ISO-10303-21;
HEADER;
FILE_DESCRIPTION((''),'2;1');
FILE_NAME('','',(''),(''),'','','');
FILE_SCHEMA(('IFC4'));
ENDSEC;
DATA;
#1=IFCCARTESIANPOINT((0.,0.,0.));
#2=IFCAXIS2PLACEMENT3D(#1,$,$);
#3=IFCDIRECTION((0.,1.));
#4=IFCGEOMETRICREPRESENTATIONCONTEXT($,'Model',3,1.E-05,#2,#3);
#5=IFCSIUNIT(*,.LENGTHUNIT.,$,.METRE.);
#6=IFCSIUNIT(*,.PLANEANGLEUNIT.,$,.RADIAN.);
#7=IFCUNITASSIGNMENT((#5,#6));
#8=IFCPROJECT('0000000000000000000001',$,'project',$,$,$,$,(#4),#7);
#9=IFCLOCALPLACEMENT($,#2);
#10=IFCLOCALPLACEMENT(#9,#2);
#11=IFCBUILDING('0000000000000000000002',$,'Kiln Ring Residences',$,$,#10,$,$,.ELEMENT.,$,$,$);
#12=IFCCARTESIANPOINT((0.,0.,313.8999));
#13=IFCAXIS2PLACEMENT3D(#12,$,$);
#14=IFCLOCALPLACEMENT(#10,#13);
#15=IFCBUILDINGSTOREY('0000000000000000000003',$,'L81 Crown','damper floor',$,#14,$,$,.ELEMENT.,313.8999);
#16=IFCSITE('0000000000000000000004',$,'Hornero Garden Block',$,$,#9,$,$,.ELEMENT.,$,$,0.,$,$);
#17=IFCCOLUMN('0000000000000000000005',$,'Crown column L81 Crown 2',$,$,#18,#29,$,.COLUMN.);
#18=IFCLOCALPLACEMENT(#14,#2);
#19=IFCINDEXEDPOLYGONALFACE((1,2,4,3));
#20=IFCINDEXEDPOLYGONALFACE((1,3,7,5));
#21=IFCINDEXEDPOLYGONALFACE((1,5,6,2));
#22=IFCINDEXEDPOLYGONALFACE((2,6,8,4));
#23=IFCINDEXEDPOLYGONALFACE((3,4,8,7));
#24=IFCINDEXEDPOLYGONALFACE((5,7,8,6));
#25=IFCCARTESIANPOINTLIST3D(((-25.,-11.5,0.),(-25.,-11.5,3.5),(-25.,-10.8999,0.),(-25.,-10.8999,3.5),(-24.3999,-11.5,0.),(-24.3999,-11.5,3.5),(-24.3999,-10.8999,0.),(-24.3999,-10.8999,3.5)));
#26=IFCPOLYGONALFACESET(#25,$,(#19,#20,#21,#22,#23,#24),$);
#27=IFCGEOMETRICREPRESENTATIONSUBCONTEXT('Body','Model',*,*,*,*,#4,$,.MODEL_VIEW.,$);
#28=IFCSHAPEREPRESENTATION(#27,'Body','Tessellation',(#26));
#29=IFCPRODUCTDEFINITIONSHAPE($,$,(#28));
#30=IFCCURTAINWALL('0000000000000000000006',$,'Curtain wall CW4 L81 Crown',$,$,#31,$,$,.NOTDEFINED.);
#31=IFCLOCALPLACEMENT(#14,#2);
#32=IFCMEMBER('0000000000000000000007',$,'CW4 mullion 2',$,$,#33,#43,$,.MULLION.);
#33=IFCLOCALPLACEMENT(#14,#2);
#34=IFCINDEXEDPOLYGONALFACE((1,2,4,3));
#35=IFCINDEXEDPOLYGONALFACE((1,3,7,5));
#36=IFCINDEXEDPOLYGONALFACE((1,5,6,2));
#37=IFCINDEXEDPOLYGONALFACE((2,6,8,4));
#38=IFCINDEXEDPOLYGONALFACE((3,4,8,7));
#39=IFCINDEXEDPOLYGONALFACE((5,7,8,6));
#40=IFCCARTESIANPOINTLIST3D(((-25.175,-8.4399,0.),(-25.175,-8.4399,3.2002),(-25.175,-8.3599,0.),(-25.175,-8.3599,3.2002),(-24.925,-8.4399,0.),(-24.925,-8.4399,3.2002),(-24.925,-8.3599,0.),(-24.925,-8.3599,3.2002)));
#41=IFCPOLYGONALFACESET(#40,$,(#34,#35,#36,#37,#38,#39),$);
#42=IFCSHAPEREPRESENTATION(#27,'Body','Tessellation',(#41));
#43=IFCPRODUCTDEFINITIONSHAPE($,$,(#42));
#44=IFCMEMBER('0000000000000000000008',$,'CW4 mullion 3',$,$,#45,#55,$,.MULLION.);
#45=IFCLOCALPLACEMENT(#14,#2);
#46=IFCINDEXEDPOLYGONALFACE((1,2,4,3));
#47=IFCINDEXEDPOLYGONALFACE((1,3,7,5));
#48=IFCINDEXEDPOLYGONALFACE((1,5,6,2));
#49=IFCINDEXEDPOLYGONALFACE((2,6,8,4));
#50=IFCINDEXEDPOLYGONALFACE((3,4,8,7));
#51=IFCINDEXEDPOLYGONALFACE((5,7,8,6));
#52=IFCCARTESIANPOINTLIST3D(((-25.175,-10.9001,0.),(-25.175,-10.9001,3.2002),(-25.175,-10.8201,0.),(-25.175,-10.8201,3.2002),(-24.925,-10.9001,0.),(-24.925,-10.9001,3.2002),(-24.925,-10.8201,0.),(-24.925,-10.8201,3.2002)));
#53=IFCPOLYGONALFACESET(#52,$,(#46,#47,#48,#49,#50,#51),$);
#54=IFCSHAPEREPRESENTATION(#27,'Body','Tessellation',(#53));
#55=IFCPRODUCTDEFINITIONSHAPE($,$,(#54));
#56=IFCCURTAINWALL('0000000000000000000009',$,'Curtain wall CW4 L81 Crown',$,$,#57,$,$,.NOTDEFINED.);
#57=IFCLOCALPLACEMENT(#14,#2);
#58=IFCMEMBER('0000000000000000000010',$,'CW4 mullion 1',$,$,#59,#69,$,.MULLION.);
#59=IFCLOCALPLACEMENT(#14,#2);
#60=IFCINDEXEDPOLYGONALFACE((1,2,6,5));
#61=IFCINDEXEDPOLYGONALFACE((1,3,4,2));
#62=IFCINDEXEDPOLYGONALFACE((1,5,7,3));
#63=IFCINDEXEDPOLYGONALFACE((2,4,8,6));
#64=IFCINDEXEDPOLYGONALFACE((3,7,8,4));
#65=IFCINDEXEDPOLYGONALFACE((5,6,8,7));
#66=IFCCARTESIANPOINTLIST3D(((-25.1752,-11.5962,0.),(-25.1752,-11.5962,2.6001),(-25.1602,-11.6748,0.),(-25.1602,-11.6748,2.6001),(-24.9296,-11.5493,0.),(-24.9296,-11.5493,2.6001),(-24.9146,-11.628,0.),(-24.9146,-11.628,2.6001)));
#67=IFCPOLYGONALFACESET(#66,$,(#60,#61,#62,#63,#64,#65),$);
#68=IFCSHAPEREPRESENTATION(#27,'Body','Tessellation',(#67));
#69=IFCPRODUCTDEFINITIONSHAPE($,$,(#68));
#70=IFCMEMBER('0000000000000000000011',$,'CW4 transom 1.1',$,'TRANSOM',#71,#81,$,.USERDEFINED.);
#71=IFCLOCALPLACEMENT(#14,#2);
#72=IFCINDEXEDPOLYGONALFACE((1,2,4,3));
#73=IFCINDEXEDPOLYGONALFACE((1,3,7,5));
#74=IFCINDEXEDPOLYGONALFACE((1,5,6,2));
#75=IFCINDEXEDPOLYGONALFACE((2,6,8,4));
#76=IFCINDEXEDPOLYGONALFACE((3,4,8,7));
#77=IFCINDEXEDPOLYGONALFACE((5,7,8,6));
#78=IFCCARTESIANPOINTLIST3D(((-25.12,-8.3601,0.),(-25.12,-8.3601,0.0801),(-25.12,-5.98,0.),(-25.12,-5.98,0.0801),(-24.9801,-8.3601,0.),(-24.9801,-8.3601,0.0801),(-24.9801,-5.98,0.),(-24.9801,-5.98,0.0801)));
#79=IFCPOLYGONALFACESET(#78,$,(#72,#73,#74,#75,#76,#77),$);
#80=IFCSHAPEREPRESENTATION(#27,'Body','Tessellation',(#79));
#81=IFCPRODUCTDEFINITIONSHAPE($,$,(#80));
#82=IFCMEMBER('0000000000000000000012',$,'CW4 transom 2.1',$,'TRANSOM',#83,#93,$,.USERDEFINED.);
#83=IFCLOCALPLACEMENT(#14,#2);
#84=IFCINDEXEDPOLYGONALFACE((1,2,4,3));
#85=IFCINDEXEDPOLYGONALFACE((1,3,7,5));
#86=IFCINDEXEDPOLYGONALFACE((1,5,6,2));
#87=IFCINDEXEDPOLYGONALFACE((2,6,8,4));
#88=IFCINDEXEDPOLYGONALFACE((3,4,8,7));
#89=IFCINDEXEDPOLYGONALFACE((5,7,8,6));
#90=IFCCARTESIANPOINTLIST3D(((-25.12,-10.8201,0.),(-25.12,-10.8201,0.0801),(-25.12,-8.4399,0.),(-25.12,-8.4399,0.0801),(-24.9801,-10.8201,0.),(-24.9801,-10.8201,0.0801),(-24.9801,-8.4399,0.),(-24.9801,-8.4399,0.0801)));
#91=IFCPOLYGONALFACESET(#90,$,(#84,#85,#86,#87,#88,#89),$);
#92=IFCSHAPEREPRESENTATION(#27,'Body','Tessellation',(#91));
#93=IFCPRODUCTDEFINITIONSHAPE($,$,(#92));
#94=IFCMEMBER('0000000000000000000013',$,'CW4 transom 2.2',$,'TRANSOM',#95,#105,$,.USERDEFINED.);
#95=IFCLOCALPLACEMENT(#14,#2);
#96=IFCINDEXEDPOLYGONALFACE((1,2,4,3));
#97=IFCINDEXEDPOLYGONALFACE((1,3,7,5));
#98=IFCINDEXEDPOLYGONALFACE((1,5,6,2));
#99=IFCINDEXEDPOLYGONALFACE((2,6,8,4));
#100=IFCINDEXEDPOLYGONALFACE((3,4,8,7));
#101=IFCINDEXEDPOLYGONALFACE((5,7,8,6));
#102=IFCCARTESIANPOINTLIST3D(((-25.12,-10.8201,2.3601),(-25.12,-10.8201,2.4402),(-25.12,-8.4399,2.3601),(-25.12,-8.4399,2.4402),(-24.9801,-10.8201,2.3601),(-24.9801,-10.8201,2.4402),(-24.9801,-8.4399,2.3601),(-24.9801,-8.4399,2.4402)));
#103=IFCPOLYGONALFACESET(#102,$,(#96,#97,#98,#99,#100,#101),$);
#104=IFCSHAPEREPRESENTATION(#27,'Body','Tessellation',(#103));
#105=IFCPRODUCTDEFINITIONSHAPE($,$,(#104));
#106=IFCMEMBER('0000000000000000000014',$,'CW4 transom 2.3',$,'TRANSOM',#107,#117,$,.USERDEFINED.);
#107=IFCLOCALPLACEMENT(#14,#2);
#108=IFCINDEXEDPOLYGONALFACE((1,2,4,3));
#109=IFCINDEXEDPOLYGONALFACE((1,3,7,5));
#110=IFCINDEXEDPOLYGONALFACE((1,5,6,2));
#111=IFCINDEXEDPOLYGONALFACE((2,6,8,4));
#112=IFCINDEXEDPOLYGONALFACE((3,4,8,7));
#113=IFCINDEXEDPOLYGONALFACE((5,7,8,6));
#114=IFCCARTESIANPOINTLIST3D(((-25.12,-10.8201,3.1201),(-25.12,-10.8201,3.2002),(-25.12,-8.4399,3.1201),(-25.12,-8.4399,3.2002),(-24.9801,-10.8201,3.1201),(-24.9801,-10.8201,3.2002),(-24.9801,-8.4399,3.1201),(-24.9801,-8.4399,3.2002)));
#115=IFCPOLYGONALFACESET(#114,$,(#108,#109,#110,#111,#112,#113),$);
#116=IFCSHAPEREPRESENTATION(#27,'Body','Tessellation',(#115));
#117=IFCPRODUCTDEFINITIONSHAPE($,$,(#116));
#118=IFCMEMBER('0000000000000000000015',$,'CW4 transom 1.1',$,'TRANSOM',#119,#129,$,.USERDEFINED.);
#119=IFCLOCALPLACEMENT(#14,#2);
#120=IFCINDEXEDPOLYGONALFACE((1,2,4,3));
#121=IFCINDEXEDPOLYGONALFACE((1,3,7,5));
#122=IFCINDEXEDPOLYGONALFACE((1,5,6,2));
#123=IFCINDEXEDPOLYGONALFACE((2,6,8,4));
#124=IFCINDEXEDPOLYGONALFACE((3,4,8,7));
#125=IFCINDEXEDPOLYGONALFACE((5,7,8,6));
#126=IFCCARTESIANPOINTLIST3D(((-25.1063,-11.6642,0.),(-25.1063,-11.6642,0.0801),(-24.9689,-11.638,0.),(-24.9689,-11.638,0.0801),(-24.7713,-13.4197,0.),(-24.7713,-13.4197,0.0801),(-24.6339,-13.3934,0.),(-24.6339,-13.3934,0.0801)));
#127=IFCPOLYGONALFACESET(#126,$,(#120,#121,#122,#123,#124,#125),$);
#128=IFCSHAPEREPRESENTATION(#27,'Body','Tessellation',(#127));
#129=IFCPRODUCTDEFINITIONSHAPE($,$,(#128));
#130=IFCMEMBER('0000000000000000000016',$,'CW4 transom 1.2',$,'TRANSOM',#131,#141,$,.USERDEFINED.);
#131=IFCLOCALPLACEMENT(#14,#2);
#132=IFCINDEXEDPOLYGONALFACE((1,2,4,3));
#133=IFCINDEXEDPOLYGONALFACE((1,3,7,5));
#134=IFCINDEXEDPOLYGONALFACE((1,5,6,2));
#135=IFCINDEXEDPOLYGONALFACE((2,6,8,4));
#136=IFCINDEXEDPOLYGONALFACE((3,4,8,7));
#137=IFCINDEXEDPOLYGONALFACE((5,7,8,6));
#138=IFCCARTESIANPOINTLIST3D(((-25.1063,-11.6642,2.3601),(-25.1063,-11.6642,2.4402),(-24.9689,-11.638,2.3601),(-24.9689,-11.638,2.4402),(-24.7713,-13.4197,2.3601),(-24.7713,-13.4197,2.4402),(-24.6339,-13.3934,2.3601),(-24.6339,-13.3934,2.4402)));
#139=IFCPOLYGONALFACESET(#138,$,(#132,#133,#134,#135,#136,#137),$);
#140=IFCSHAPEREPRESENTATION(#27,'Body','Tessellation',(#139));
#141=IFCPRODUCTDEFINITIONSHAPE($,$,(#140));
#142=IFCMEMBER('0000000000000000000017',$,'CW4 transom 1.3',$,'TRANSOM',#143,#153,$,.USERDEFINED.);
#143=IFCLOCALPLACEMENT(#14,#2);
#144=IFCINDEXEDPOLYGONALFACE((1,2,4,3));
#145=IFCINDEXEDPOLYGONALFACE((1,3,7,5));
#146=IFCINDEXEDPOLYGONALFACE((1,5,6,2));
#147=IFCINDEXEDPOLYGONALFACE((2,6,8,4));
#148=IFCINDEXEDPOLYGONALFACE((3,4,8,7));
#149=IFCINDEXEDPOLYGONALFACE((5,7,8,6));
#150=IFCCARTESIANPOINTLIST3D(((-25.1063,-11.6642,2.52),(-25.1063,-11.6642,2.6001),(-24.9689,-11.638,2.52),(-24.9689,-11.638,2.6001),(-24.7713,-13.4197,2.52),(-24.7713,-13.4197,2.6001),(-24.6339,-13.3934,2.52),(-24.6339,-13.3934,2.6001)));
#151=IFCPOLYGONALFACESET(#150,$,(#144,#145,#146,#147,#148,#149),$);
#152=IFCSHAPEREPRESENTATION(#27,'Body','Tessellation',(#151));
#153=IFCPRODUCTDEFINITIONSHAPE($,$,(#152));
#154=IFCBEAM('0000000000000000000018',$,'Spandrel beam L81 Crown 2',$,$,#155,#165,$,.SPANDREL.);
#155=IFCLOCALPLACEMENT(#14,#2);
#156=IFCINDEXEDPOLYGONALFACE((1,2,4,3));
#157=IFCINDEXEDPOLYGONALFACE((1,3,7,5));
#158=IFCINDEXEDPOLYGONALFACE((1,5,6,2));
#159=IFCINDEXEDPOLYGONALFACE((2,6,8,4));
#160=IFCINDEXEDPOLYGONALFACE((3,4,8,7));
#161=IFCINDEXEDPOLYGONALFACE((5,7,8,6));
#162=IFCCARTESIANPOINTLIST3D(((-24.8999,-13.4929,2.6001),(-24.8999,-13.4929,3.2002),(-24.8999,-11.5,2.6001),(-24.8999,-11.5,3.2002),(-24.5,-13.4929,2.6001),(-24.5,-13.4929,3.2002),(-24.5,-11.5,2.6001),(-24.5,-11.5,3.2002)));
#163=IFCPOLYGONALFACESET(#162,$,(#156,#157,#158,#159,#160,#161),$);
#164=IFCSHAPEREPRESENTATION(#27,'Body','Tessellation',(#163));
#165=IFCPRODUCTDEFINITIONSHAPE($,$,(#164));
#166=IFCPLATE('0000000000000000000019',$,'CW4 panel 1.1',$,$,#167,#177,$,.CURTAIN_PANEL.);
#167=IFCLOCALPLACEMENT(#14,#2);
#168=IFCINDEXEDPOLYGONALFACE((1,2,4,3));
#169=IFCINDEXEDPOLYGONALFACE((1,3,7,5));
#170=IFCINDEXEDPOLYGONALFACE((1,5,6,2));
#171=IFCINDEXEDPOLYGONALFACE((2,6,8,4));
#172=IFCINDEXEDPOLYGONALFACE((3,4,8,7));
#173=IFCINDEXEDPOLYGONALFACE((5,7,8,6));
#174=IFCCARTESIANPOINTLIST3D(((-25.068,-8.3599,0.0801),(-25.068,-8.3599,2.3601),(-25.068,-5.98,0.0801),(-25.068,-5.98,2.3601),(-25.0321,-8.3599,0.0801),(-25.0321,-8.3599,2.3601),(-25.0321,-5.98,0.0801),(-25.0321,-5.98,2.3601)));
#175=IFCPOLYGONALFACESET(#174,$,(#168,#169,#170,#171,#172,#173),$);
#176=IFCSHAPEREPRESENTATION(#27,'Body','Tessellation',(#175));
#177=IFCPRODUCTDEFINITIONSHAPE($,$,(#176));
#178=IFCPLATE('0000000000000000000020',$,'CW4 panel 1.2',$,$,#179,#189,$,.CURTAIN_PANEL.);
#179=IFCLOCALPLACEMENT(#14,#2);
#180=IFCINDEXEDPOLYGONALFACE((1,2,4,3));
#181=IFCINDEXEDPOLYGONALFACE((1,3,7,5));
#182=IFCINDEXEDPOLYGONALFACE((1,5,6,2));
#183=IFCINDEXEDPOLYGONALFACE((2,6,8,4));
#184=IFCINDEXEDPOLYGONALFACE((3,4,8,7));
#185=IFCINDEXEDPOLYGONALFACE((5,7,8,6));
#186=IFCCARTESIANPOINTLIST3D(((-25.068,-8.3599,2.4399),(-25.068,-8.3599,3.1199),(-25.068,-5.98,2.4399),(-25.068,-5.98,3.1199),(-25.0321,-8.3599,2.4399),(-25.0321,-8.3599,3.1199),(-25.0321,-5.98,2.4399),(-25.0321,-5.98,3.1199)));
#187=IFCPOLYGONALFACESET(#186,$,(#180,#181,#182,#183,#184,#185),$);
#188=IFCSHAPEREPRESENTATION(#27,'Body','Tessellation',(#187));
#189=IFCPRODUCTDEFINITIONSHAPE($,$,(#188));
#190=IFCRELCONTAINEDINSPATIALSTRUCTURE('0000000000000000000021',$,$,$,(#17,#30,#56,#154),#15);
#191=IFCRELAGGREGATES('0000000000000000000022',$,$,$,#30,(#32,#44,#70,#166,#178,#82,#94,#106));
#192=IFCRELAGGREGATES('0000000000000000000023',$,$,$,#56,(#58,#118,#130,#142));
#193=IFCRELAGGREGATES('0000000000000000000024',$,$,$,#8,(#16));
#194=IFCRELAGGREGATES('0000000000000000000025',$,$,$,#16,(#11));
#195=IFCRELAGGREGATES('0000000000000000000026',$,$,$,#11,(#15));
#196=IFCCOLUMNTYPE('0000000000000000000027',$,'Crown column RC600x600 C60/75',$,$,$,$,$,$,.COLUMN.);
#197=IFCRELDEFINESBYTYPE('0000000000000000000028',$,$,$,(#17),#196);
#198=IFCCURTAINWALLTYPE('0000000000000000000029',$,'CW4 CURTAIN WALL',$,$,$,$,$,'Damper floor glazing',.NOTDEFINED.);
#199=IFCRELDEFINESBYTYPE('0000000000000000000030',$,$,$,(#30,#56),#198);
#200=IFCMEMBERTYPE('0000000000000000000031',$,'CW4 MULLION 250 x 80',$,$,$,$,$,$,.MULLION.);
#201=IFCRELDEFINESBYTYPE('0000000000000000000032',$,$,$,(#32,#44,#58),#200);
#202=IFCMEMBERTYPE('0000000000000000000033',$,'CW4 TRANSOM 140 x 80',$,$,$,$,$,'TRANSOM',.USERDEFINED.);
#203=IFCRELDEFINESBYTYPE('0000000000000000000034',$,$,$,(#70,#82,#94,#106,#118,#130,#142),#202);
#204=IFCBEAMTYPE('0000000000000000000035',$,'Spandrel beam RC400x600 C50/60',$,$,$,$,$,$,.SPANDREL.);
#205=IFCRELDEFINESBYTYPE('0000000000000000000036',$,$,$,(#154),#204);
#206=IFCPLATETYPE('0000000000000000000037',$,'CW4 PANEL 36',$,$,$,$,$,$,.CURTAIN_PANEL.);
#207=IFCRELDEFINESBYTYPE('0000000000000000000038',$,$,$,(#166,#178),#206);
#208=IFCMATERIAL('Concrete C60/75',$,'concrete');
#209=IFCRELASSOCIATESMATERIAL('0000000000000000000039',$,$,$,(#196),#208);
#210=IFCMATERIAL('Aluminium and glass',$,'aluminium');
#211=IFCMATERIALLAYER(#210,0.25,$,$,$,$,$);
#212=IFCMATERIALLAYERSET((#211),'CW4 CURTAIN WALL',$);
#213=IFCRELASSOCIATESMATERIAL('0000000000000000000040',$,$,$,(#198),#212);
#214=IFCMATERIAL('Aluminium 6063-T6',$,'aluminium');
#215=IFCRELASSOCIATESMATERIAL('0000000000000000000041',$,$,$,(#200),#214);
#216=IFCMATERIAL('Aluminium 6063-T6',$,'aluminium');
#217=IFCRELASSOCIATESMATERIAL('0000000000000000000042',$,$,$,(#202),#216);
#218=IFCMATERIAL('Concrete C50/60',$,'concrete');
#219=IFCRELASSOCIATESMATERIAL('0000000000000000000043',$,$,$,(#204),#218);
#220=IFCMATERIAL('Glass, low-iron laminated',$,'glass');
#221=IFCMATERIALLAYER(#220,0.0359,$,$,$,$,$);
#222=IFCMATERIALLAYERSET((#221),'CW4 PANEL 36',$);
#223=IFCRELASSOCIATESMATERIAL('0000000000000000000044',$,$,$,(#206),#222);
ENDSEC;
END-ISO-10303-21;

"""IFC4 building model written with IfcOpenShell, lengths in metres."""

from ifc_helpers import new_model, si_unit, direction, frame, origin, origin_2d, place, context, subcontext, project, spatial, rectangle, extrude, material, layer, layer_set, material_profile, profile_set, type_object, element, aggregate, save


model = new_model("IFC4")

# Units and contexts
model_context = context("Model", 3, precision=1e-05, world=origin(), true_north=direction((0.0, 1.0)))
body_context = subcontext(model_context, "Body", "Model", "MODEL_VIEW")
ifc_project = project(units=[si_unit("LENGTHUNIT", "METRE"), si_unit("PLANEANGLEUNIT", "RADIAN")], contexts=[model_context])

# Site, building, storey
site_placement = place(None, origin())
site = spatial("IfcSite", under=ifc_project, at=site_placement, Name="Hornero Garden Block", CompositionType="ELEMENT", RefElevation=0.0)
building_placement = place(site_placement, origin())
building = spatial("IfcBuilding", under=site, at=building_placement, Name="Kiln Ring Residences", CompositionType="ELEMENT")
storey_placement = place(building_placement, frame((0.0, 0.0, 313.8999)))
storey = spatial("IfcBuildingStorey", under=building, at=storey_placement, Name="L81 Crown", Description="damper floor", CompositionType="ELEMENT", Elevation=313.8999)

# Column
ifc_material_1 = material(Name="Concrete C60/75", Category="concrete")
ifc_material_profile_1 = material_profile(ifc_material_1, rectangle(XDim=0.6001, YDim=0.6001, at=origin_2d()), Name="RC600x600")
ifc_profile_set_1 = profile_set([ifc_material_profile_1], Name="Concrete C60/75")
column_type = type_object("IfcColumnType", Name="Crown column RC600x600 C60/75", PredefinedType="COLUMN", material=ifc_profile_set_1)
column_placement = place(storey_placement, frame((-24.7, -11.2, 0.0), z_axis=(0.0, 0.0, 1.0), x_axis=(1.0, 0.0, 0.0)))
element("IfcColumn", 1, at=column_placement, inside=storey, type_object=column_type, Name="Crown column L81 Crown 2", PredefinedType="COLUMN", context=body_context, shape_type="SweptSolid", body=[
    extrude(rectangle(XDim=0.6001, YDim=0.6001, at=origin_2d()), origin(), (0.0, 0.0, 1.0), 3.5),
])

# Curtain wall, members
ifc_material_2 = material(Name="Aluminium and glass", Category="aluminium")
ifc_layer_1 = layer(ifc_material_2, 0.25)
ifc_layer_set_1 = layer_set([ifc_layer_1], Name="CW4 CURTAIN WALL")
curtain_wall_type = type_object("IfcCurtainWallType", Name="CW4 CURTAIN WALL", ElementType="Damper floor glazing", PredefinedType="NOTDEFINED", material=ifc_layer_set_1)
placement = place(storey_placement, origin())
curtain_wall_1 = element("IfcCurtainWall", 2, at=placement, inside=storey, type_object=curtain_wall_type, Name="Curtain wall CW4 L81 Crown", PredefinedType="NOTDEFINED")
ifc_material_3 = material(Name="Aluminium 6063-T6", Category="aluminium")
ifc_material_profile_2 = material_profile(ifc_material_3, rectangle(XDim=0.25, YDim=0.0801, at=origin_2d()), Name="AL 250x80")
ifc_profile_set_2 = profile_set([ifc_material_profile_2], Name="Aluminium 6063-T6")
member_type_1 = type_object("IfcMemberType", Name="CW4 MULLION 250 x 80", PredefinedType="MULLION", material=ifc_profile_set_2)
member_1_placement = place(storey_placement, frame((-25.05, -8.3999, 0.0), z_axis=(0.0, 0.0, 1.0), x_axis=(1.0, 0.0, 0.0)))
member_1 = element("IfcMember", 3, at=member_1_placement, type_object=member_type_1, Name="CW4 mullion 2", PredefinedType="MULLION", context=body_context, shape_type="SweptSolid", body=[
    extrude(rectangle(XDim=0.25, YDim=0.0801, at=origin_2d()), origin(), (0.0, 0.0, 1.0), 3.2002),
])
member_2_placement = place(storey_placement, frame((-25.05, -10.8601, 0.0), z_axis=(0.0, 0.0, 1.0), x_axis=(1.0, 0.0, 0.0)))
member_2 = element("IfcMember", 4, at=member_2_placement, type_object=member_type_1, Name="CW4 mullion 3", PredefinedType="MULLION", context=body_context, shape_type="SweptSolid", body=[
    extrude(rectangle(XDim=0.25, YDim=0.0801, at=origin_2d()), origin(), (0.0, 0.0, 1.0), 3.2002),
])

# Curtain wall, member
curtain_wall_2 = element("IfcCurtainWall", 5, at=placement, inside=storey, type_object=curtain_wall_type, Name="Curtain wall CW4 L81 Crown", PredefinedType="NOTDEFINED")
member_3_placement = place(storey_placement, frame((-25.0449, -11.6121, 0.0), z_axis=(0.0, 0.0, 1.0), x_axis=(0.98229, 0.187366, 0.0)))
member_3 = element("IfcMember", 6, at=member_3_placement, type_object=member_type_1, Name="CW4 mullion 1", PredefinedType="MULLION", context=body_context, shape_type="SweptSolid", body=[
    extrude(rectangle(XDim=0.25, YDim=0.0801, at=origin_2d()), origin(), (0.0, 0.0, 1.0), 2.6001),
])

# Members
ifc_material_4 = material(Name="Aluminium 6063-T6", Category="aluminium")
ifc_material_profile_3 = material_profile(ifc_material_4, rectangle(XDim=0.1399, YDim=0.0801, at=origin_2d()), Name="AL 140x80")
ifc_profile_set_3 = profile_set([ifc_material_profile_3], Name="Aluminium 6063-T6")
member_type_2 = type_object("IfcMemberType", Name="CW4 TRANSOM 140 x 80", ElementType="TRANSOM", PredefinedType="USERDEFINED", material=ifc_profile_set_3)
member_4_placement = place(storey_placement, frame((-25.05, -5.98, 0.04), z_axis=(0.0, -1.0, 0.0), x_axis=(1.0, 0.0, 0.0)))
member_4 = element("IfcMember", 7, at=member_4_placement, type_object=member_type_2, Name="CW4 transom 1.1", ObjectType="TRANSOM", PredefinedType="USERDEFINED", context=body_context, shape_type="SweptSolid", body=[
    extrude(rectangle(XDim=0.1399, YDim=0.0801, at=origin_2d()), origin(), (0.0, 0.0, 1.0), 2.3801),
])
member_5_placement = place(storey_placement, frame((-25.05, -8.4399, 0.04), z_axis=(0.0, -1.0, 0.0), x_axis=(1.0, 0.0, 0.0)))
member_5 = element("IfcMember", 8, at=member_5_placement, type_object=member_type_2, Name="CW4 transom 2.1", ObjectType="TRANSOM", PredefinedType="USERDEFINED", context=body_context, shape_type="SweptSolid", body=[
    extrude(rectangle(XDim=0.1399, YDim=0.0801, at=origin_2d()), origin(), (0.0, 0.0, 1.0), 2.3801),
])
member_6_placement = place(storey_placement, frame((-25.05, -8.4399, 2.4001), z_axis=(0.0, -1.0, 0.0), x_axis=(1.0, 0.0, 0.0)))
member_6 = element("IfcMember", 9, at=member_6_placement, type_object=member_type_2, Name="CW4 transom 2.2", ObjectType="TRANSOM", PredefinedType="USERDEFINED", context=body_context, shape_type="SweptSolid", body=[
    extrude(rectangle(XDim=0.1399, YDim=0.0801, at=origin_2d()), origin(), (0.0, 0.0, 1.0), 2.3801),
])
member_7_placement = place(storey_placement, frame((-25.05, -8.4399, 3.1602), z_axis=(0.0, -1.0, 0.0), x_axis=(1.0, 0.0, 0.0)))
member_7 = element("IfcMember", 10, at=member_7_placement, type_object=member_type_2, Name="CW4 transom 2.3", ObjectType="TRANSOM", PredefinedType="USERDEFINED", context=body_context, shape_type="SweptSolid", body=[
    extrude(rectangle(XDim=0.1399, YDim=0.0801, at=origin_2d()), origin(), (0.0, 0.0, 1.0), 2.3801),
])
member_8_placement = place(storey_placement, frame((-25.0376, -11.6511, 0.04), z_axis=(0.187439, -0.982276, 0.0), x_axis=(0.982276, 0.187439, 0.0)))
member_8 = element("IfcMember", 11, at=member_8_placement, type_object=member_type_2, Name="CW4 transom 1.1", ObjectType="TRANSOM", PredefinedType="USERDEFINED", context=body_context, shape_type="SweptSolid", body=[
    extrude(rectangle(XDim=0.1399, YDim=0.0801, at=origin_2d()), origin(), (0.0, 0.0, 1.0), 1.7871),
])
member_9_placement = place(storey_placement, frame((-25.0376, -11.6511, 2.4001), z_axis=(0.187439, -0.982276, 0.0), x_axis=(0.982276, 0.187439, 0.0)))
member_9 = element("IfcMember", 12, at=member_9_placement, type_object=member_type_2, Name="CW4 transom 1.2", ObjectType="TRANSOM", PredefinedType="USERDEFINED", context=body_context, shape_type="SweptSolid", body=[
    extrude(rectangle(XDim=0.1399, YDim=0.0801, at=origin_2d()), origin(), (0.0, 0.0, 1.0), 1.7871),
])
member_10_placement = place(storey_placement, frame((-25.0376, -11.6511, 2.5601), z_axis=(0.187439, -0.982276, 0.0), x_axis=(0.982276, 0.187439, 0.0)))
member_10 = element("IfcMember", 13, at=member_10_placement, type_object=member_type_2, Name="CW4 transom 1.3", ObjectType="TRANSOM", PredefinedType="USERDEFINED", context=body_context, shape_type="SweptSolid", body=[
    extrude(rectangle(XDim=0.1399, YDim=0.0801, at=origin_2d()), origin(), (0.0, 0.0, 1.0), 1.7871),
])

# Beam
ifc_material_5 = material(Name="Concrete C50/60", Category="concrete")
ifc_material_profile_4 = material_profile(ifc_material_5, rectangle(XDim=0.3999, YDim=0.6001, at=origin_2d()), Name="RC400x600")
ifc_profile_set_4 = profile_set([ifc_material_profile_4], Name="Concrete C50/60")
beam_type = type_object("IfcBeamType", Name="Spandrel beam RC400x600 C50/60", PredefinedType="SPANDREL", material=ifc_profile_set_4)
beam_placement = place(storey_placement, frame((-24.7, -11.5, 2.9001), z_axis=(0.0, -1.0, 0.0), x_axis=(1.0, 0.0, 0.0)))
element("IfcBeam", 14, at=beam_placement, inside=storey, type_object=beam_type, Name="Spandrel beam L81 Crown 2", PredefinedType="SPANDREL", context=body_context, shape_type="SweptSolid", body=[
    extrude(rectangle(XDim=0.3999, YDim=0.6001, at=origin_2d()), origin(), (0.0, 0.0, 1.0), 1.9929),
])

# Plates
ifc_material_6 = material(Name="Glass, low-iron laminated", Category="glass")
ifc_layer_2 = layer(ifc_material_6, 0.0359)
ifc_layer_set_2 = layer_set([ifc_layer_2], Name="CW4 PANEL 36")
plate_type = type_object("IfcPlateType", Name="CW4 PANEL 36", PredefinedType="CURTAIN_PANEL", material=ifc_layer_set_2)
plate_1_placement = place(storey_placement, frame((-25.05, -7.1699, 0.0801), z_axis=(0.0, 0.0, 1.0), x_axis=(0.0, -1.0, 0.0)))
plate_1 = element("IfcPlate", 15, at=plate_1_placement, type_object=plate_type, Name="CW4 panel 1.1", PredefinedType="CURTAIN_PANEL", context=body_context, shape_type="SweptSolid", body=[
    extrude(rectangle(XDim=2.3799, YDim=0.0359, at=origin_2d()), origin(), (0.0, 0.0, 1.0), 2.28),
])
plate_2_placement = place(storey_placement, frame((-25.05, -7.1699, 2.4399), z_axis=(0.0, 0.0, 1.0), x_axis=(0.0, -1.0, 0.0)))
plate_2 = element("IfcPlate", 16, at=plate_2_placement, type_object=plate_type, Name="CW4 panel 1.2", PredefinedType="CURTAIN_PANEL", context=body_context, shape_type="SweptSolid", body=[
    extrude(rectangle(XDim=2.3799, YDim=0.0359, at=origin_2d()), origin(), (0.0, 0.0, 1.0), 0.6799),
])
aggregate(curtain_wall_1, [member_1, member_2, member_4, plate_1, plate_2, member_5, member_6, member_7])
aggregate(curtain_wall_2, [member_3, member_8, member_9, member_10])

save(model, "model.ifc")
